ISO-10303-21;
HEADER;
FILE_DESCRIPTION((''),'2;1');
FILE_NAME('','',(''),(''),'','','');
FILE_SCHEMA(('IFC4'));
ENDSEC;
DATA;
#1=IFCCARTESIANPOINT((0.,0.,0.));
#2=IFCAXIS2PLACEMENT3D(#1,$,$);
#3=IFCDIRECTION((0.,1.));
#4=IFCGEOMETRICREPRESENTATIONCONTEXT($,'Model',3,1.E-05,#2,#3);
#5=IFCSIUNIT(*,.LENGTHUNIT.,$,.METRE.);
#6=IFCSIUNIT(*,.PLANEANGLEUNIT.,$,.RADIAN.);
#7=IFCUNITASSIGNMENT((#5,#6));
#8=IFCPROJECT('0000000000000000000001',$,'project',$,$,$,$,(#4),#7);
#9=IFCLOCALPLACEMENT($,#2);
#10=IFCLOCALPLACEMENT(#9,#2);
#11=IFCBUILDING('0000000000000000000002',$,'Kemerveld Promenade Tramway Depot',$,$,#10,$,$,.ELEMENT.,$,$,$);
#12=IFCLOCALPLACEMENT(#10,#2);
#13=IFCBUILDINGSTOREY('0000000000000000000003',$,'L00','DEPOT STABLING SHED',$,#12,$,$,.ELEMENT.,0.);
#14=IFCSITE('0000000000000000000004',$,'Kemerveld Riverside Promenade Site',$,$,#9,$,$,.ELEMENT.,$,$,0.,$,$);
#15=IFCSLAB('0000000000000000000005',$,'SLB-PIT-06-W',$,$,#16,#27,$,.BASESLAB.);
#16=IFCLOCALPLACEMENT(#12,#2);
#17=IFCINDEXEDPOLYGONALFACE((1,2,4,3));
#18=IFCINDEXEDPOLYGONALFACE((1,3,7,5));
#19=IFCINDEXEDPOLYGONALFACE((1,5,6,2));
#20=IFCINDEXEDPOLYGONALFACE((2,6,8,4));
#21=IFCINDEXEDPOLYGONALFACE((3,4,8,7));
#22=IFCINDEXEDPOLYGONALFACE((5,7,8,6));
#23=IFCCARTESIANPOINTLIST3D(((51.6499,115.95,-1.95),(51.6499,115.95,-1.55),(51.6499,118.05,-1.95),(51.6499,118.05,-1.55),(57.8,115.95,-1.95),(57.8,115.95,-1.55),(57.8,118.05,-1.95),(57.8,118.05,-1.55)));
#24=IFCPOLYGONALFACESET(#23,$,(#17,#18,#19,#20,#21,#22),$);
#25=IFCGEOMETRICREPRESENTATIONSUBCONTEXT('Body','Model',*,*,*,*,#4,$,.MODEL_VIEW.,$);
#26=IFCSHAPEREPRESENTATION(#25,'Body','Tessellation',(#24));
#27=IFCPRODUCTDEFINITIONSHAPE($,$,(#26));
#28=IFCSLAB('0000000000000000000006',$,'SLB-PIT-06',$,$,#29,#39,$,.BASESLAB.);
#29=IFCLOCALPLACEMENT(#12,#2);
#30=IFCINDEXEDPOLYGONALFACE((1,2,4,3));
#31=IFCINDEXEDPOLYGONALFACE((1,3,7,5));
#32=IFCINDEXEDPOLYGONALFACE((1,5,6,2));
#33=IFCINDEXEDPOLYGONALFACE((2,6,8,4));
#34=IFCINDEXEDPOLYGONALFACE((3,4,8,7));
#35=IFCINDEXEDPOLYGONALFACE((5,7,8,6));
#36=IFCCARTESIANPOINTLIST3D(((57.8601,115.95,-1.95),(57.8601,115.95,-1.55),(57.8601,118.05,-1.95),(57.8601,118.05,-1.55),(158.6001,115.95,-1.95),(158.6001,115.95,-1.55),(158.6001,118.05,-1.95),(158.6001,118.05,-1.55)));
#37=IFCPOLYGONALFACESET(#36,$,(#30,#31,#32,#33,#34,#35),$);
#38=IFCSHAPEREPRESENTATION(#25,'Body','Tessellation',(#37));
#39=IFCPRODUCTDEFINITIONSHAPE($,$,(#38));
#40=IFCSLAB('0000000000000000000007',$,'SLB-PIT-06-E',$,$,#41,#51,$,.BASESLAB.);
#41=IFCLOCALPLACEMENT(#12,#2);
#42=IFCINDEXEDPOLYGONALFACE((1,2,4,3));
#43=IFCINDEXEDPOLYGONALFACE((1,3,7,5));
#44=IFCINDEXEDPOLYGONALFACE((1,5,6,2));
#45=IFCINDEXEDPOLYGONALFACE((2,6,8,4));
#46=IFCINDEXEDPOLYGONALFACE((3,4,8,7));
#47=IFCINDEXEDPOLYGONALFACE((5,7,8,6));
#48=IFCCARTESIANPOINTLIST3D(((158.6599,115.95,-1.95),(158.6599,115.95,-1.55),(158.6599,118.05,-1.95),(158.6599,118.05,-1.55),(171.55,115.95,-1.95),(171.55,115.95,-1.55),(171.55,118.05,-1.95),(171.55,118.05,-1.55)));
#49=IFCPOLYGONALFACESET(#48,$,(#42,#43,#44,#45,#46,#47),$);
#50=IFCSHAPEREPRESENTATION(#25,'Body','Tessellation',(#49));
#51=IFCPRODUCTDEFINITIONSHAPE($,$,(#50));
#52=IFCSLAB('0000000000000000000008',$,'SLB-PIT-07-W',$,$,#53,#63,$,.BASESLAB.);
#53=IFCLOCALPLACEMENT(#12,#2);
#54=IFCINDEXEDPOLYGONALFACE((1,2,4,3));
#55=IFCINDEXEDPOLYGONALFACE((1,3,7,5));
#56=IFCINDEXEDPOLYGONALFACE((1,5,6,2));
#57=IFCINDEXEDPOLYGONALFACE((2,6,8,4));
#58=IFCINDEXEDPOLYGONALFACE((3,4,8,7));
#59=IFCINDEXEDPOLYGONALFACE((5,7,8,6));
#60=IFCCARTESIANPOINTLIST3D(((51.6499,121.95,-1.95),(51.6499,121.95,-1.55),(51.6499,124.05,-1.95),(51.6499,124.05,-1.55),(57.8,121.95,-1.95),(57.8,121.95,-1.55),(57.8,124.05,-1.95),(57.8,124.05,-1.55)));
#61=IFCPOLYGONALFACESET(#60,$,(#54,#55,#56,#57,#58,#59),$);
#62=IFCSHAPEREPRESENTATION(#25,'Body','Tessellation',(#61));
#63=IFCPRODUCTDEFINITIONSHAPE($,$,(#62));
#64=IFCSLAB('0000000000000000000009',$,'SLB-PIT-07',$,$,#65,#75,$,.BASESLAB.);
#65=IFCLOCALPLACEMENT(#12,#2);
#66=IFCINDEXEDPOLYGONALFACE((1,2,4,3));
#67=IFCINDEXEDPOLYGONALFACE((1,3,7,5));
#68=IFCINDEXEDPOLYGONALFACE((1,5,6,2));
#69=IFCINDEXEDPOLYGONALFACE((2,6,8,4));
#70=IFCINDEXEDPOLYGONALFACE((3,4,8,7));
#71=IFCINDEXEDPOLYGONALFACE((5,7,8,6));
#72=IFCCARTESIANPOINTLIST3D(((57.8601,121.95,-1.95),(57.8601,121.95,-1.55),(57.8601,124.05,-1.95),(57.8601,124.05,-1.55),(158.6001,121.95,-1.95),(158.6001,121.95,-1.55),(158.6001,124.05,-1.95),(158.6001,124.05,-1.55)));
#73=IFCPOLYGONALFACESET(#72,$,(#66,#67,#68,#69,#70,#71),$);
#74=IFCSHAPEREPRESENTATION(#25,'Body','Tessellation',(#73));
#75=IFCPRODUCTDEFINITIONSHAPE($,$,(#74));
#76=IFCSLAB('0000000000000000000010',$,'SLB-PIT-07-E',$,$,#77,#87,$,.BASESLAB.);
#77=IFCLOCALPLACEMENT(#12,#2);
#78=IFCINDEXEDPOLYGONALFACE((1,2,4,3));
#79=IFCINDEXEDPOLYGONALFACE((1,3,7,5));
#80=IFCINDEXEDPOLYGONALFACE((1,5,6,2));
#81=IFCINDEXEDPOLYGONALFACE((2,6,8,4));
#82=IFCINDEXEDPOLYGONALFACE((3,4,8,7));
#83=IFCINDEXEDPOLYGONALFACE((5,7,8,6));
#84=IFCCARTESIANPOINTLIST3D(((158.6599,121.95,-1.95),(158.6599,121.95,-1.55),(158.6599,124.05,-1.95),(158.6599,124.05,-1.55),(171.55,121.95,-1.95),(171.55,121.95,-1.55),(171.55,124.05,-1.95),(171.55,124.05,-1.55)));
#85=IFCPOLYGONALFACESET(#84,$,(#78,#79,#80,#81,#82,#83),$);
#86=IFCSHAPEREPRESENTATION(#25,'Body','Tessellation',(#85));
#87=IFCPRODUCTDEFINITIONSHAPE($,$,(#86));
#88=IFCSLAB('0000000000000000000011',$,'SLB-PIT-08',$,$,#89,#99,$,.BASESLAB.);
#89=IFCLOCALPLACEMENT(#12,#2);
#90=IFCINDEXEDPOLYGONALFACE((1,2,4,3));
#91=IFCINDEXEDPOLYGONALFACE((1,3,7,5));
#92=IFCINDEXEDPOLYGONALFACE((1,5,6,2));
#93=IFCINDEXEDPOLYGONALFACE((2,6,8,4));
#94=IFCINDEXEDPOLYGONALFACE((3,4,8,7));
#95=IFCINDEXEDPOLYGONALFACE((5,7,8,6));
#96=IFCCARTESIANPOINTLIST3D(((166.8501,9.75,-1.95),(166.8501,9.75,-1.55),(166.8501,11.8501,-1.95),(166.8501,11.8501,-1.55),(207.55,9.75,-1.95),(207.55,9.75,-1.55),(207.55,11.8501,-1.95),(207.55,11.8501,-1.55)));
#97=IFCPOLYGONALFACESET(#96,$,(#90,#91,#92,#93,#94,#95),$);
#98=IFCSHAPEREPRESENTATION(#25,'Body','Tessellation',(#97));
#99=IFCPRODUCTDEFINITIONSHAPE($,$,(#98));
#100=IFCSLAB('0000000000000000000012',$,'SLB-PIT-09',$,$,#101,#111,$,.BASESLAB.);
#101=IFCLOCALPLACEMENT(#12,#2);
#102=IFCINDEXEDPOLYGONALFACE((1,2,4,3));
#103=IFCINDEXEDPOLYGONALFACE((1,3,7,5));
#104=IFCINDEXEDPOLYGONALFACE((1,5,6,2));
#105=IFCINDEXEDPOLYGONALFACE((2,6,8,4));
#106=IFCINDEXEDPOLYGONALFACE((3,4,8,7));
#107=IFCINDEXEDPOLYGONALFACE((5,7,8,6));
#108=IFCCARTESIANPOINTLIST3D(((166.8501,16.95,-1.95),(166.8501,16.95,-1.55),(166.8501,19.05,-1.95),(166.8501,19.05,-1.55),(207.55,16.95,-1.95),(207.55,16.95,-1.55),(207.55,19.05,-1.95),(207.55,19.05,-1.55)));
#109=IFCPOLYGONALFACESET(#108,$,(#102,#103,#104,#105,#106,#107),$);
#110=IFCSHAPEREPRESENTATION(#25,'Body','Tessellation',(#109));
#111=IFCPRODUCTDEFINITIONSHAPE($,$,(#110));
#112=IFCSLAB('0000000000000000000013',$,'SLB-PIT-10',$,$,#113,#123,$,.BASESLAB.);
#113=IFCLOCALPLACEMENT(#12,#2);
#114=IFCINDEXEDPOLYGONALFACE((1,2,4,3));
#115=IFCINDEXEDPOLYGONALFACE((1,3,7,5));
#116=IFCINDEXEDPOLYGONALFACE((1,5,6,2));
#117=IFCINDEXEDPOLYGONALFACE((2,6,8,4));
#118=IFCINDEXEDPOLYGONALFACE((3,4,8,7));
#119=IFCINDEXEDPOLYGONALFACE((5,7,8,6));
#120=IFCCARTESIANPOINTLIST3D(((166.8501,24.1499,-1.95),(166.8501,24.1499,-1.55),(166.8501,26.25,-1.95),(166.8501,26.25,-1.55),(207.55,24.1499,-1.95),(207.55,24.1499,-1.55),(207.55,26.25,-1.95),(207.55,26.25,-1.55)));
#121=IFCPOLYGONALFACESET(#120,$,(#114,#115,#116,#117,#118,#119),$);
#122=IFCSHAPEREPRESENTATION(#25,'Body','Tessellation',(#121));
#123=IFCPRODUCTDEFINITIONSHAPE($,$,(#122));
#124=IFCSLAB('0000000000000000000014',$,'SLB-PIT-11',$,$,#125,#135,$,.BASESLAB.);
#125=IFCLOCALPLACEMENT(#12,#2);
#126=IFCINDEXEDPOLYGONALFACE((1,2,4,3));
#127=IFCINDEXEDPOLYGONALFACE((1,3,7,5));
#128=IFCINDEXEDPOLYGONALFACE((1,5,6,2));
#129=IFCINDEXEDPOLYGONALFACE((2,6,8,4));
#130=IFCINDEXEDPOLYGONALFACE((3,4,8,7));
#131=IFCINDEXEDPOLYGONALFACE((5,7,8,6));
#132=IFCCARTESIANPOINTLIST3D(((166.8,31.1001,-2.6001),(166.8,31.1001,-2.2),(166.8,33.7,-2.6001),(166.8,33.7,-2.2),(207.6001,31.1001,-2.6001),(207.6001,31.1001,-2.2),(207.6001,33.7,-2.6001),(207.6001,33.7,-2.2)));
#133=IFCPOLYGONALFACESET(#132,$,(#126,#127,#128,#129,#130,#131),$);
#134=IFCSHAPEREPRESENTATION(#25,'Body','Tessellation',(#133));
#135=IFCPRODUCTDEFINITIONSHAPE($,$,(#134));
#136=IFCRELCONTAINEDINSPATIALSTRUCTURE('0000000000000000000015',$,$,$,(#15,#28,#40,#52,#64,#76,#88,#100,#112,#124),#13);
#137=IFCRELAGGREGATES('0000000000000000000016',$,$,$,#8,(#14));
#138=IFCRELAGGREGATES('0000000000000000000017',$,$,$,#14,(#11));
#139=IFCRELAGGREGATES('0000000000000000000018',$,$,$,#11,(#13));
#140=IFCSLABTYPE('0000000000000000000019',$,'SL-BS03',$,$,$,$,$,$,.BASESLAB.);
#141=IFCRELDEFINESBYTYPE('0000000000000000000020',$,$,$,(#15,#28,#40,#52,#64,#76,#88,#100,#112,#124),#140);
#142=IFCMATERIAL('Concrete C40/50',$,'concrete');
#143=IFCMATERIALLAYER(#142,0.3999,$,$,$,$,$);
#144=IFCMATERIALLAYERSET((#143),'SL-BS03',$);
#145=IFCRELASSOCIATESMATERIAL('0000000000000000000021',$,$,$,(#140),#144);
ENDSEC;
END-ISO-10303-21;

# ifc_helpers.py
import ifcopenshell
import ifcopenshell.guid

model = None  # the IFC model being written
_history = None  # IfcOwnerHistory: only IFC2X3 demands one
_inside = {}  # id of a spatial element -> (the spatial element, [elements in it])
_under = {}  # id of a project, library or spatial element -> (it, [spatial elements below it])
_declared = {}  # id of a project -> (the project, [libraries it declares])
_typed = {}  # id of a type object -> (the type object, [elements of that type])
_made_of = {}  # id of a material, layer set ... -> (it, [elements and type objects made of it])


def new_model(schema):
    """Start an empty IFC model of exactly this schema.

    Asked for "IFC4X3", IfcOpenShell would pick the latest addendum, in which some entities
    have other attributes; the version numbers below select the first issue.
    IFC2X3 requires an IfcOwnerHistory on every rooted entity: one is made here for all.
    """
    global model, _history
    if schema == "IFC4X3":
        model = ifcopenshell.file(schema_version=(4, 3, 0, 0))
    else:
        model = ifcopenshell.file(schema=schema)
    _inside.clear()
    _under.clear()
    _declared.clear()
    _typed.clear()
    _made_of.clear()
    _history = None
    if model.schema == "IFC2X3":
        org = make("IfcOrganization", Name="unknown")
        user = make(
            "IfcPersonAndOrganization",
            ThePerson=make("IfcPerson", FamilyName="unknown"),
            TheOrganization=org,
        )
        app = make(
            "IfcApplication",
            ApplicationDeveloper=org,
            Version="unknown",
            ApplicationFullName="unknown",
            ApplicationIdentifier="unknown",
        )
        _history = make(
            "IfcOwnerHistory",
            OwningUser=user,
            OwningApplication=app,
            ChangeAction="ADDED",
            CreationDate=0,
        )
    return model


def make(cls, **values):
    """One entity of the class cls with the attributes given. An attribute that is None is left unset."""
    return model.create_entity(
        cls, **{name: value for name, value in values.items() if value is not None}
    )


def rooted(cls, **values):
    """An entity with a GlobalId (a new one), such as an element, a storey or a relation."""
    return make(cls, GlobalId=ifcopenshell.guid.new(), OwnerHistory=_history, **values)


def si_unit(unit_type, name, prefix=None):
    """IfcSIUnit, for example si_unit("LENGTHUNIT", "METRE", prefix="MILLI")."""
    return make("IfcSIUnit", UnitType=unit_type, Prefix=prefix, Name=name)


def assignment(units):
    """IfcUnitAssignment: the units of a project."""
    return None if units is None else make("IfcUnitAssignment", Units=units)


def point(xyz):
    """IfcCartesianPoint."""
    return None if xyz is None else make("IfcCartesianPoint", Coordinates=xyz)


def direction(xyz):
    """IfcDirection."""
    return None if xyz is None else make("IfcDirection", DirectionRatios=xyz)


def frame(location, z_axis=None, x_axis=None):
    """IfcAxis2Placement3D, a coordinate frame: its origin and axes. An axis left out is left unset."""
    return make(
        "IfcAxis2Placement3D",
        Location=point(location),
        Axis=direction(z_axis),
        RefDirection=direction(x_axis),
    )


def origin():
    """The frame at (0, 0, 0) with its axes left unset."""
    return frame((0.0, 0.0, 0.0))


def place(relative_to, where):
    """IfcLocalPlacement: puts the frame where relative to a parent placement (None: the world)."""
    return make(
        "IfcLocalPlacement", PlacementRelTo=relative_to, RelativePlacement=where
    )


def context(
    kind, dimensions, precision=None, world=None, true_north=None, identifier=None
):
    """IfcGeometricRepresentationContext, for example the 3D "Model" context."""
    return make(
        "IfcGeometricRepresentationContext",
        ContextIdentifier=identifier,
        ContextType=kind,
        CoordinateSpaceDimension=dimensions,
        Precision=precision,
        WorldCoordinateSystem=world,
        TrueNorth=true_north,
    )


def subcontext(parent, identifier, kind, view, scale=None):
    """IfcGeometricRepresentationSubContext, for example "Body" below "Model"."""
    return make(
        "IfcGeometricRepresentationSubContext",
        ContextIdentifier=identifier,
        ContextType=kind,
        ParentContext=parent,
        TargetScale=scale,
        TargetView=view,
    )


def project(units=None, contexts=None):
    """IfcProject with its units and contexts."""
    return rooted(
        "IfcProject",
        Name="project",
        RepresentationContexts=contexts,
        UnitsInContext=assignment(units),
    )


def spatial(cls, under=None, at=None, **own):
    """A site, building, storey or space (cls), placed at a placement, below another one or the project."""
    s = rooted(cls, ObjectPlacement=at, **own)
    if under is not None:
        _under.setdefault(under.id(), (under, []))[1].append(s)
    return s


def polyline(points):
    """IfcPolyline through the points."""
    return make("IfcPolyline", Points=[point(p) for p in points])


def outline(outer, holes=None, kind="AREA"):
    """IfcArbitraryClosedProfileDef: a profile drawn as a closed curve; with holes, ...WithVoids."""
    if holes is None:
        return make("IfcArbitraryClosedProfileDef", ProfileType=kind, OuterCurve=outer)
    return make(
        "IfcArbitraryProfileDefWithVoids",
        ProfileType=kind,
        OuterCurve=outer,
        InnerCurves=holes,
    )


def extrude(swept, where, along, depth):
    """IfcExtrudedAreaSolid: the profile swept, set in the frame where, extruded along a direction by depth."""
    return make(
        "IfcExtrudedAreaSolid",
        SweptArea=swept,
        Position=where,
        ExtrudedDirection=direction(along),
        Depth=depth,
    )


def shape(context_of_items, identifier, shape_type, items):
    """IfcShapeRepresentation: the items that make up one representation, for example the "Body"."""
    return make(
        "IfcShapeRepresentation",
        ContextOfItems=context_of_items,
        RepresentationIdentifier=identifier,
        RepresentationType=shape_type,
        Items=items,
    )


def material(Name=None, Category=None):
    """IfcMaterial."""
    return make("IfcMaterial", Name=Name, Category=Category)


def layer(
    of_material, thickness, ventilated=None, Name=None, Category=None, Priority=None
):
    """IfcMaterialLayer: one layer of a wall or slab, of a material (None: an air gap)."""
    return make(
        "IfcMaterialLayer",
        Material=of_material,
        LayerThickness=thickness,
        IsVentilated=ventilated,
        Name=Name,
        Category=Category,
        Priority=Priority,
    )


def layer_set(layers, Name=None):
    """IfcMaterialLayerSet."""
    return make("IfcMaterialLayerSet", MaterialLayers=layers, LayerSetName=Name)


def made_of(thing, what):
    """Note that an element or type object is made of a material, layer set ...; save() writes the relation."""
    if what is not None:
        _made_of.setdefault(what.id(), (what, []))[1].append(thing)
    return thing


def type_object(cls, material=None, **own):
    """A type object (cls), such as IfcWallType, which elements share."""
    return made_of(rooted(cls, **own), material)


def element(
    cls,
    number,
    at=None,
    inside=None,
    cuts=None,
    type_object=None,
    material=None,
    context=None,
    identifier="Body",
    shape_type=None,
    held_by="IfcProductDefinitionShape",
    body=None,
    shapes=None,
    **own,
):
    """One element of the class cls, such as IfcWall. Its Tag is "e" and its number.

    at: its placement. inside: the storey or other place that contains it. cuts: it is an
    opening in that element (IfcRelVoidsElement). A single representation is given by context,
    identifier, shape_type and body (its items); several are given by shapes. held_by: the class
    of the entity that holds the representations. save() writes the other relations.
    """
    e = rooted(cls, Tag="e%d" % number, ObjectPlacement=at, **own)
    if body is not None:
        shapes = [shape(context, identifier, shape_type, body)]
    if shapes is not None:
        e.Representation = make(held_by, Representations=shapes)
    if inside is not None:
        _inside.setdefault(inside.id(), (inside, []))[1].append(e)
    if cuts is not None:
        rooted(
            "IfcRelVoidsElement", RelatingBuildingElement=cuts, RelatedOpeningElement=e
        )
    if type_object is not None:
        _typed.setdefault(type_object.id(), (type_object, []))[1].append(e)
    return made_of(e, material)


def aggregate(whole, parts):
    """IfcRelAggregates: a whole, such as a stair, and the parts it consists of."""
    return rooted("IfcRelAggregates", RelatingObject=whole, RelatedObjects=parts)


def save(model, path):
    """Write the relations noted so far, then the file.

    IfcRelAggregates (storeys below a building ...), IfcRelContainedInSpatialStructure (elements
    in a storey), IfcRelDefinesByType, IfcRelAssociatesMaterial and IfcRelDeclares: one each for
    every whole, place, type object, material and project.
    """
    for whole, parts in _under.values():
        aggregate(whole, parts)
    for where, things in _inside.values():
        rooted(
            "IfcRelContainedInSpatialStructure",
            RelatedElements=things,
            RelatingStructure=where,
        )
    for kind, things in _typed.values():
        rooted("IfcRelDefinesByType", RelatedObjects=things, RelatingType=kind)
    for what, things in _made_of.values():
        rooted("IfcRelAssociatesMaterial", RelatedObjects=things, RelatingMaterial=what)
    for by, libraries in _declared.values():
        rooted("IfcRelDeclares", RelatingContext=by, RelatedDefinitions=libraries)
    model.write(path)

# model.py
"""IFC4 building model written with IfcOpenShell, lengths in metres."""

from ifc_helpers import new_model, si_unit, direction, frame, origin, place, context, subcontext, project, spatial, polyline, outline, extrude, material, layer, layer_set, type_object, element, save


model = new_model("IFC4")

# Units and contexts
model_context = context("Model", 3, precision=1e-05, world=origin(), true_north=direction((0.0, 1.0)))
body_context = subcontext(model_context, "Body", "Model", "MODEL_VIEW")
ifc_project = project(units=[si_unit("LENGTHUNIT", "METRE"), si_unit("PLANEANGLEUNIT", "RADIAN")], contexts=[model_context])

# Site, building, storey
site_placement = place(None, origin())
site = spatial("IfcSite", under=ifc_project, at=site_placement, Name="Kemerveld Riverside Promenade Site", CompositionType="ELEMENT", RefElevation=0.0)
building_placement = place(site_placement, origin())
building = spatial("IfcBuilding", under=site, at=building_placement, Name="Kemerveld Promenade Tramway Depot", CompositionType="ELEMENT")
storey_placement = place(building_placement, origin())
storey = spatial("IfcBuildingStorey", under=building, at=storey_placement, Name="L00", Description="DEPOT STABLING SHED", CompositionType="ELEMENT", Elevation=0.0)

# Slabs
ifc_material_1 = material(Name="Concrete C40/50", Category="concrete")
ifc_layer_1 = layer(ifc_material_1, 0.3999)
ifc_layer_set_1 = layer_set([ifc_layer_1], Name="SL-BS03")
slab_type_1 = type_object("IfcSlabType", Name="SL-BS03", PredefinedType="BASESLAB", material=ifc_layer_set_1)
slab_1_placement = place(storey_placement, frame((0.0, 0.0, -1.95)))
element("IfcSlab", 1, at=slab_1_placement, inside=storey, type_object=slab_type_1, Name="SLB-PIT-06-W", PredefinedType="BASESLAB", context=body_context, shape_type="SweptSolid", body=[
    extrude(outline(polyline([(51.6499, 115.95), (57.8, 115.95), (57.8, 118.05), (51.6499, 118.05), (51.6499, 115.95)])), origin(), (0.0, 0.0, 1.0), 0.3999),
])
slab_2_placement = place(storey_placement, frame((0.0, 0.0, -1.95)))
element("IfcSlab", 2, at=slab_2_placement, inside=storey, type_object=slab_type_1, Name="SLB-PIT-06", PredefinedType="BASESLAB", context=body_context, shape_type="SweptSolid", body=[
    extrude(outline(polyline([(57.8601, 115.95), (158.6001, 115.95), (158.6001, 118.05), (57.8601, 118.05), (57.8601, 115.95)])), origin(), (0.0, 0.0, 1.0), 0.3999),
])
slab_3_placement = place(storey_placement, frame((0.0, 0.0, -1.95)))
element("IfcSlab", 3, at=slab_3_placement, inside=storey, type_object=slab_type_1, Name="SLB-PIT-06-E", PredefinedType="BASESLAB", context=body_context, shape_type="SweptSolid", body=[
    extrude(outline(polyline([(158.6599, 115.95), (171.55, 115.95), (171.55, 118.05), (158.6599, 118.05), (158.6599, 115.95)])), origin(), (0.0, 0.0, 1.0), 0.3999),
])
slab_4_placement = place(storey_placement, frame((0.0, 0.0, -1.95)))
element("IfcSlab", 4, at=slab_4_placement, inside=storey, type_object=slab_type_1, Name="SLB-PIT-07-W", PredefinedType="BASESLAB", context=body_context, shape_type="SweptSolid", body=[
    extrude(outline(polyline([(51.6499, 121.95), (57.8, 121.95), (57.8, 124.05), (51.6499, 124.05), (51.6499, 121.95)])), origin(), (0.0, 0.0, 1.0), 0.3999),
])
slab_5_placement = place(storey_placement, frame((0.0, 0.0, -1.95)))
element("IfcSlab", 5, at=slab_5_placement, inside=storey, type_object=slab_type_1, Name="SLB-PIT-07", PredefinedType="BASESLAB", context=body_context, shape_type="SweptSolid", body=[
    extrude(outline(polyline([(57.8601, 121.95), (158.6001, 121.95), (158.6001, 124.05), (57.8601, 124.05), (57.8601, 121.95)])), origin(), (0.0, 0.0, 1.0), 0.3999),
])
slab_6_placement = place(storey_placement, frame((0.0, 0.0, -1.95)))
element("IfcSlab", 6, at=slab_6_placement, inside=storey, type_object=slab_type_1, Name="SLB-PIT-07-E", PredefinedType="BASESLAB", context=body_context, shape_type="SweptSolid", body=[
    extrude(outline(polyline([(158.6599, 121.95), (171.55, 121.95), (171.55, 124.05), (158.6599, 124.05), (158.6599, 121.95)])), origin(), (0.0, 0.0, 1.0), 0.3999),
])
slab_7_placement = place(storey_placement, frame((0.0, 0.0, -1.95)))
element("IfcSlab", 7, at=slab_7_placement, inside=storey, type_object=slab_type_1, Name="SLB-PIT-08", PredefinedType="BASESLAB", context=body_context, shape_type="SweptSolid", body=[
    extrude(outline(polyline([(166.8501, 9.75), (207.55, 9.75), (207.55, 11.8501), (166.8501, 11.8501), (166.8501, 9.75)])), origin(), (0.0, 0.0, 1.0), 0.3999),
])
slab_8_placement = place(storey_placement, frame((0.0, 0.0, -1.95)))
element("IfcSlab", 8, at=slab_8_placement, inside=storey, type_object=slab_type_1, Name="SLB-PIT-09", PredefinedType="BASESLAB", context=body_context, shape_type="SweptSolid", body=[
    extrude(outline(polyline([(166.8501, 16.95), (207.55, 16.95), (207.55, 19.05), (166.8501, 19.05), (166.8501, 16.95)])), origin(), (0.0, 0.0, 1.0), 0.3999),
])
slab_9_placement = place(storey_placement, frame((0.0, 0.0, -1.95)))
element("IfcSlab", 9, at=slab_9_placement, inside=storey, type_object=slab_type_1, Name="SLB-PIT-10", PredefinedType="BASESLAB", context=body_context, shape_type="SweptSolid", body=[
    extrude(outline(polyline([(166.8501, 24.1499), (207.55, 24.1499), (207.55, 26.25), (166.8501, 26.25), (166.8501, 24.1499)])), origin(), (0.0, 0.0, 1.0), 0.3999),
])
slab_10_placement = place(storey_placement, frame((0.0, 0.0, -2.6001)))
element("IfcSlab", 10, at=slab_10_placement, inside=storey, type_object=slab_type_1, Name="SLB-PIT-11", PredefinedType="BASESLAB", context=body_context, shape_type="SweptSolid", body=[
    extrude(outline(polyline([(166.8, 31.1001), (207.6001, 31.1001), (207.6001, 33.7), (166.8, 33.7), (166.8, 31.1001)])), origin(), (0.0, 0.0, 1.0), 0.4001),
])

save(model, "model.ifc")
